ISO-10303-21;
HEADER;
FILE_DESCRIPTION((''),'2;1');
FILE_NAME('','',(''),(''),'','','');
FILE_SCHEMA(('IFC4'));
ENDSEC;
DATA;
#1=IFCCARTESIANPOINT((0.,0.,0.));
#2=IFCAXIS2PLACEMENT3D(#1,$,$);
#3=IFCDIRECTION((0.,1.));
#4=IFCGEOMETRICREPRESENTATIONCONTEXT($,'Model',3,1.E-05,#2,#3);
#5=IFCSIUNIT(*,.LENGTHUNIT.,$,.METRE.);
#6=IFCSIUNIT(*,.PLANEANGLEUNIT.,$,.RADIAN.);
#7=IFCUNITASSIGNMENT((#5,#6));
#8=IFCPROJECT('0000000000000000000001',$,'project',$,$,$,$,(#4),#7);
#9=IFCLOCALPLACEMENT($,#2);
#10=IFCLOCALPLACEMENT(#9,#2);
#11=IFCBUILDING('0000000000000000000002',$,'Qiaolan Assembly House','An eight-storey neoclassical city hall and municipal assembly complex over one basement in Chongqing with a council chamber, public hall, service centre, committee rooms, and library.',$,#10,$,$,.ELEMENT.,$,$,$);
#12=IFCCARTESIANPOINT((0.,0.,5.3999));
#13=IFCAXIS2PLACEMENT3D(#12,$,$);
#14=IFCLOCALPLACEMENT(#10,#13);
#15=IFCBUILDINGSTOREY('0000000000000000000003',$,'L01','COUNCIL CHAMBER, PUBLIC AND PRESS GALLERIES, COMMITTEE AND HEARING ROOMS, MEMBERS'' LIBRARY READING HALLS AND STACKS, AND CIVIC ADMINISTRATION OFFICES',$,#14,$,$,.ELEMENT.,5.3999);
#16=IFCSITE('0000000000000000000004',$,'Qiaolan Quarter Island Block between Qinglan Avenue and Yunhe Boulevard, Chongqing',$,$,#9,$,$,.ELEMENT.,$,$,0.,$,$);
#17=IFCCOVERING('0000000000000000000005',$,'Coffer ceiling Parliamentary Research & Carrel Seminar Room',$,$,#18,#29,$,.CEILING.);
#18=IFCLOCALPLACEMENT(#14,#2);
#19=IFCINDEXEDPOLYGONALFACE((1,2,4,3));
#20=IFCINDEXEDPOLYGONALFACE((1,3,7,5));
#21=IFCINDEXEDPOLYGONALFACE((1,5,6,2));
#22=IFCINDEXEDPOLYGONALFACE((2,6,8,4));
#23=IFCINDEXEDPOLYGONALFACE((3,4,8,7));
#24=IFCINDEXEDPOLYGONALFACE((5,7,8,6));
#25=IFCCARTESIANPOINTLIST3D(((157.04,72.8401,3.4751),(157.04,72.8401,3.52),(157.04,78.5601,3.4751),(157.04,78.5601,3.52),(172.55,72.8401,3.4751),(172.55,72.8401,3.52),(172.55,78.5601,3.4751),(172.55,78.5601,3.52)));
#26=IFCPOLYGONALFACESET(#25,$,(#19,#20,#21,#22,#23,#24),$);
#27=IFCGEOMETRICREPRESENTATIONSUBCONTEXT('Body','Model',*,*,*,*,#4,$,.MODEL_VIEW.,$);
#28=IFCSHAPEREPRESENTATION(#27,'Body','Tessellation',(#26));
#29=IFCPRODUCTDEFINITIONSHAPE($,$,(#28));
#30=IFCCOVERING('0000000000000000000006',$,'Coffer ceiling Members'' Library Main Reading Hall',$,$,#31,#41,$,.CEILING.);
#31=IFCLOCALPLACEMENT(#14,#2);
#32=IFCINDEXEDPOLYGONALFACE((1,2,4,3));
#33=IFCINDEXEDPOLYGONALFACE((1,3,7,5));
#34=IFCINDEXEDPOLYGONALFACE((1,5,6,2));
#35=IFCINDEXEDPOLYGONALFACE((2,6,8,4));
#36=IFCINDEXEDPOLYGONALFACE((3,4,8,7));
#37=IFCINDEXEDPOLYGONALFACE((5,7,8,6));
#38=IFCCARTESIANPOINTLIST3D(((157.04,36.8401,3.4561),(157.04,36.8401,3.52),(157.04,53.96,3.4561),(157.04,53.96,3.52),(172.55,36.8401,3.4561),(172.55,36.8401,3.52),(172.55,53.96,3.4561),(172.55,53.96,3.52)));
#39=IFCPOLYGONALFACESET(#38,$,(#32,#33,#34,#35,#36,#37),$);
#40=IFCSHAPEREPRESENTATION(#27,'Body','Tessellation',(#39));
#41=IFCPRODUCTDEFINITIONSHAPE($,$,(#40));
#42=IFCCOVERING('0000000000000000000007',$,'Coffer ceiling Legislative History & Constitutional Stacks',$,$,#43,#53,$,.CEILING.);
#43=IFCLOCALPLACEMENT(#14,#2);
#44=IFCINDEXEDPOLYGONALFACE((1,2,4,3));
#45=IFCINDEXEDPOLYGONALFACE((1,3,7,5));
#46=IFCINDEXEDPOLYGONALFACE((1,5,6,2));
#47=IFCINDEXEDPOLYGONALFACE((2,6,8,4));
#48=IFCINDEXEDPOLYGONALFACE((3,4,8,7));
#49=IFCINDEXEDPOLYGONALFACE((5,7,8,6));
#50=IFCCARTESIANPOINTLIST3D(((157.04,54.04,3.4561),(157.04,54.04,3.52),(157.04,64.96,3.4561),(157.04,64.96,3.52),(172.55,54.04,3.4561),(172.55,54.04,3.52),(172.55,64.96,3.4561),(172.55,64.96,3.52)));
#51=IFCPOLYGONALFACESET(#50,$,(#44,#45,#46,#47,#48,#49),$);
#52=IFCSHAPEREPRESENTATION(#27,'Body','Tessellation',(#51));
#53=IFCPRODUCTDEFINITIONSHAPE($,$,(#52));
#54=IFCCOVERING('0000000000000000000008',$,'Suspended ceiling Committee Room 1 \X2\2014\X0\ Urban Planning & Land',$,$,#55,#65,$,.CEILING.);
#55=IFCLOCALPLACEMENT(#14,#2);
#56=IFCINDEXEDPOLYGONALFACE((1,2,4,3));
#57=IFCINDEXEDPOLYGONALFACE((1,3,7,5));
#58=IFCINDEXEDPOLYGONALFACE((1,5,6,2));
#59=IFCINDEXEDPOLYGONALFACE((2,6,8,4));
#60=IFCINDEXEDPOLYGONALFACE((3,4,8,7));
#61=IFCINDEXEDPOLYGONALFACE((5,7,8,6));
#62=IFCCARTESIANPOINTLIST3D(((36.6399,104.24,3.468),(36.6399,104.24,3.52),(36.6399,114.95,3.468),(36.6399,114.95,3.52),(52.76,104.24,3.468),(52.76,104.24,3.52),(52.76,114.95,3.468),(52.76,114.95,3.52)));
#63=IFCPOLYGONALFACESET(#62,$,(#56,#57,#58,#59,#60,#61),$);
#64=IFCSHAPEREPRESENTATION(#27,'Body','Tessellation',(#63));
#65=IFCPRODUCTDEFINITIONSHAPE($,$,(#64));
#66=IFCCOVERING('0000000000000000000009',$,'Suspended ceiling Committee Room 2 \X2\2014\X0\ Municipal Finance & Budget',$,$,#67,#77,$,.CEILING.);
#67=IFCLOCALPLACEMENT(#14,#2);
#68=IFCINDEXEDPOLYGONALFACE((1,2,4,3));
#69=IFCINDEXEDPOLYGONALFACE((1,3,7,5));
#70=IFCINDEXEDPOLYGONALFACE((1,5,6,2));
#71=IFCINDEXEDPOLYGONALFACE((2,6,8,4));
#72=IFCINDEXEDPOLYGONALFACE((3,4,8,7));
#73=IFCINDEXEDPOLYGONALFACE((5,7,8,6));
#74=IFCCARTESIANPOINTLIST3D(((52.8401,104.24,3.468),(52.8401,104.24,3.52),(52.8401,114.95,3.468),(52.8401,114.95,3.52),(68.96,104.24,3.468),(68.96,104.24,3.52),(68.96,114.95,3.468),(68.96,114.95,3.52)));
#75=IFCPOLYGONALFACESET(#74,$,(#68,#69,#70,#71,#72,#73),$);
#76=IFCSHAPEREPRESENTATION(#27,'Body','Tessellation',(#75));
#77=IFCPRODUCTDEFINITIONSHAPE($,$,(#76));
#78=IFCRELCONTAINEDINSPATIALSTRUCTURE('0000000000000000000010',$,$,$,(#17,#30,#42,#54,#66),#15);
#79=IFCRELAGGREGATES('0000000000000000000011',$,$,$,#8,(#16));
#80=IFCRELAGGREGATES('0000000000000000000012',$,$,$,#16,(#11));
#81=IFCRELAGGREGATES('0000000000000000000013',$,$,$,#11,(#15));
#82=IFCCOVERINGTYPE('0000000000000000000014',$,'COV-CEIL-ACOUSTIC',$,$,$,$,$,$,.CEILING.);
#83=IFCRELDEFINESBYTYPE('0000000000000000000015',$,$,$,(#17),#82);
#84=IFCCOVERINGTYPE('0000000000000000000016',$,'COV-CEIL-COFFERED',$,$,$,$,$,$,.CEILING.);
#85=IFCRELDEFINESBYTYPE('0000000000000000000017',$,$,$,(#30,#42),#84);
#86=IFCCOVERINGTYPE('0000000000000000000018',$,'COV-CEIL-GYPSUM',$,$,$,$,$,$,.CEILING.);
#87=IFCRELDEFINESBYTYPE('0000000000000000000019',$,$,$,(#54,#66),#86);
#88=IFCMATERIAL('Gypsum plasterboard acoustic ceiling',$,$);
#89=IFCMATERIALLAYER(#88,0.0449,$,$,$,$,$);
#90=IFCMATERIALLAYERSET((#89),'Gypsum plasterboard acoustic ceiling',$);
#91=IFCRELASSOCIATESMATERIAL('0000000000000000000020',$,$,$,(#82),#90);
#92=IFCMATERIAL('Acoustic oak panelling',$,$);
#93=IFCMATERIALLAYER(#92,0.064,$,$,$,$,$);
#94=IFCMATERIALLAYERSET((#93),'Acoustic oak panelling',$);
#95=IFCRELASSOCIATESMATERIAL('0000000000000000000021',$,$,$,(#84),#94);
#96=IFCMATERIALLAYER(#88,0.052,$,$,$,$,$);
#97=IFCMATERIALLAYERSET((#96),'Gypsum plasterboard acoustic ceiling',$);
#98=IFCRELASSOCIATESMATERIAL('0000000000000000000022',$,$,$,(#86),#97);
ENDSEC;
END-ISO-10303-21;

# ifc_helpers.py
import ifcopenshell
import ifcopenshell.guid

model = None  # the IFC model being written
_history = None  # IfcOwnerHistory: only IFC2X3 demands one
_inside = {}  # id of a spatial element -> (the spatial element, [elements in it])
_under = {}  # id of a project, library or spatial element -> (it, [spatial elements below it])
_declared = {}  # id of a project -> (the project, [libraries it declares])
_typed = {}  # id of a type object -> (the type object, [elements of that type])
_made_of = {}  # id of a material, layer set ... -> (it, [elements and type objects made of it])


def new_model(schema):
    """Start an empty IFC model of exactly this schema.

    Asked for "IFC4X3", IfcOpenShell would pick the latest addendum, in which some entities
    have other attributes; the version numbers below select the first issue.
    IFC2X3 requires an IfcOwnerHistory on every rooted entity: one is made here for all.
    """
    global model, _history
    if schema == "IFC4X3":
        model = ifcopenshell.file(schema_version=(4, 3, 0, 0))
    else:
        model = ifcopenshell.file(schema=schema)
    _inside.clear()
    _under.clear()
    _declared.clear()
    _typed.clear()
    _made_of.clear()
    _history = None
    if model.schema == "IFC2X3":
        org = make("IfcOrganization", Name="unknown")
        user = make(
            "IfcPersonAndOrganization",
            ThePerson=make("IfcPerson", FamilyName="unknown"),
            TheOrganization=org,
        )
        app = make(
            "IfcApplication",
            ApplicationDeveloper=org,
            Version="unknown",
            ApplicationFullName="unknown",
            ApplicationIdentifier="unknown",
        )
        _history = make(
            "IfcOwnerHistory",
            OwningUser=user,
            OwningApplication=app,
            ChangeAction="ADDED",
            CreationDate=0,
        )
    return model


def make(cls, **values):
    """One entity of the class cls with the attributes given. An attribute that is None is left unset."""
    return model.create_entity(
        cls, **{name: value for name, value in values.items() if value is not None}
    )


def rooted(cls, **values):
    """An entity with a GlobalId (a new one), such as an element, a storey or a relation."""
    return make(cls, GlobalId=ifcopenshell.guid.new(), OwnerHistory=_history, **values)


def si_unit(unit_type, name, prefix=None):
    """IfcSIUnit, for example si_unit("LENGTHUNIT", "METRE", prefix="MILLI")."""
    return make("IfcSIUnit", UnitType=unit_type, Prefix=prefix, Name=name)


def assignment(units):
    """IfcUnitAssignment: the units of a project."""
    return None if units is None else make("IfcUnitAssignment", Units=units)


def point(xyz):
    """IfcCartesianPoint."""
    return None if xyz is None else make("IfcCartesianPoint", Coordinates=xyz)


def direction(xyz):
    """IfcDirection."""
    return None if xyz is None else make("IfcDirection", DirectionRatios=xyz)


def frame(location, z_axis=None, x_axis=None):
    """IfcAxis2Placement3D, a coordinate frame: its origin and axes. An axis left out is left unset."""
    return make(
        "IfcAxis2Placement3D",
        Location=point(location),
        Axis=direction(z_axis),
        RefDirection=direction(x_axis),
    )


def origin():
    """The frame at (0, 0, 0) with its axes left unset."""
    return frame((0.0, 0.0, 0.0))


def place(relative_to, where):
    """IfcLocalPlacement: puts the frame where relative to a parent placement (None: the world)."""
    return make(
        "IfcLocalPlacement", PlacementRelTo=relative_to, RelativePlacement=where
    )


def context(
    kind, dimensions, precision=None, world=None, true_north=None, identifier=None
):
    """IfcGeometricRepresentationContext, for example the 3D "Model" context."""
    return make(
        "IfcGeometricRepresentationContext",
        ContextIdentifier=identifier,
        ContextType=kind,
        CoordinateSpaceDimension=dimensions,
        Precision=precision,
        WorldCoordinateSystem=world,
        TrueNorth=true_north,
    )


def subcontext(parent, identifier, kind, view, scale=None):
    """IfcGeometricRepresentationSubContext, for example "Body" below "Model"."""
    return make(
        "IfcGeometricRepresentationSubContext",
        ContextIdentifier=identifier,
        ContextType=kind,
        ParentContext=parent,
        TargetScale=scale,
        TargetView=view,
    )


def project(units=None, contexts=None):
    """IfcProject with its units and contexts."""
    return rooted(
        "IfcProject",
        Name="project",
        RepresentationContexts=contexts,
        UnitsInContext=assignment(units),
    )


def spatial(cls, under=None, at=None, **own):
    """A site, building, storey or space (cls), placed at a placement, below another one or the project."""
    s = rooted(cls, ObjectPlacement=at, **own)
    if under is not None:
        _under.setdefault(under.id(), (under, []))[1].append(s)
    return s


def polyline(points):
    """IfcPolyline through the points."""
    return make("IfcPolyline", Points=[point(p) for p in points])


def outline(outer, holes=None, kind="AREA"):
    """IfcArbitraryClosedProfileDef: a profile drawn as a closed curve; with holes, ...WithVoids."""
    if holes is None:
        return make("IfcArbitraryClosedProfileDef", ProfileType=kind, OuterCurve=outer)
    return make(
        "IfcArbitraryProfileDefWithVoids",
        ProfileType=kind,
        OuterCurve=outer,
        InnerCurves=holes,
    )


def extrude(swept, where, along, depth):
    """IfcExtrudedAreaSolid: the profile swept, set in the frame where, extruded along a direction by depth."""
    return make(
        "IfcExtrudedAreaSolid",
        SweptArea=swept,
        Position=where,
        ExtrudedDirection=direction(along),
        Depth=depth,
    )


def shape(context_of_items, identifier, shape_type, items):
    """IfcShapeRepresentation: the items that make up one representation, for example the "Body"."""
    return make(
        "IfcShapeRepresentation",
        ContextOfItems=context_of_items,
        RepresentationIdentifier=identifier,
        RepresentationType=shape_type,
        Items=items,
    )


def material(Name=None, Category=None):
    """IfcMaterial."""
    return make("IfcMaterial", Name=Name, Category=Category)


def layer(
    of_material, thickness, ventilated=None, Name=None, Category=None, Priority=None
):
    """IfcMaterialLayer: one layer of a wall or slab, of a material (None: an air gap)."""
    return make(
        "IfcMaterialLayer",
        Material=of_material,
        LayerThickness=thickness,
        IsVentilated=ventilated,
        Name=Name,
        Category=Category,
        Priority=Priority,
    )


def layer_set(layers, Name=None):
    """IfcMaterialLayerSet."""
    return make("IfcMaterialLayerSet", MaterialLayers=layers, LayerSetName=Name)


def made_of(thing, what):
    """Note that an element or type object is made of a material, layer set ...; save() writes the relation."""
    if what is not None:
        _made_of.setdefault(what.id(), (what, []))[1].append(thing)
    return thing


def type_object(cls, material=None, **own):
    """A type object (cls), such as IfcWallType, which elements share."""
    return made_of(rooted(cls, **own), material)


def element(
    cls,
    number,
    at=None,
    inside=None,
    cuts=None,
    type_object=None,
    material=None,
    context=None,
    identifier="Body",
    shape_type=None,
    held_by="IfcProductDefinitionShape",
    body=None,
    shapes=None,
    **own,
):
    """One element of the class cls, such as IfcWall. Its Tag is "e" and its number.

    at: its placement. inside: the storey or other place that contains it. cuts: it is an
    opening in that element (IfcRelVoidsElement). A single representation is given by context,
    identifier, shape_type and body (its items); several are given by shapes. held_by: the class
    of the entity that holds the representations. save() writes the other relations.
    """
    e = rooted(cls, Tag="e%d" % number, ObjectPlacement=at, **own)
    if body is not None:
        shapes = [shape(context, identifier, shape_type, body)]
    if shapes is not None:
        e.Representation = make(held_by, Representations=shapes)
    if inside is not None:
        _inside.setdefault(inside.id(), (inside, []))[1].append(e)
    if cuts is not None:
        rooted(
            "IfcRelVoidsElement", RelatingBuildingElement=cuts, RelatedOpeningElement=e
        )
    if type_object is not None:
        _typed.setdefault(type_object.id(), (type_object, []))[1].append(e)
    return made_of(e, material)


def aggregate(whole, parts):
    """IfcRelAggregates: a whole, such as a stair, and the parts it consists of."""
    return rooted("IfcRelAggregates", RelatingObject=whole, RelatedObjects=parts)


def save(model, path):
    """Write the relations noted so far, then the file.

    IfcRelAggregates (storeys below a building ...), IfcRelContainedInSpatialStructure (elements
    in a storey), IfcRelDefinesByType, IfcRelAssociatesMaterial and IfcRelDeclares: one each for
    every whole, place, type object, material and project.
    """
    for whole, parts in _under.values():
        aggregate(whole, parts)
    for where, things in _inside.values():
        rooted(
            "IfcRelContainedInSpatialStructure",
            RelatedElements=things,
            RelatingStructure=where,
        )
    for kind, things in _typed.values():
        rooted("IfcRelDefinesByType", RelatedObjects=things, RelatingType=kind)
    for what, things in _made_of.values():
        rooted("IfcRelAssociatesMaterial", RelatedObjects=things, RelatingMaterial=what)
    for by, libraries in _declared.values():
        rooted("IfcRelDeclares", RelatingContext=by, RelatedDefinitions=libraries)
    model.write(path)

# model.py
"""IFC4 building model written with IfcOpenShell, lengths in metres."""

from ifc_helpers import new_model, si_unit, direction, frame, origin, place, context, subcontext, project, spatial, polyline, outline, extrude, material, layer, layer_set, type_object, element, save


model = new_model("IFC4")

# Units and contexts
model_context = context("Model", 3, precision=1e-05, world=origin(), true_north=direction((0.0, 1.0)))
body_context = subcontext(model_context, "Body", "Model", "MODEL_VIEW")
ifc_project = project(units=[si_unit("LENGTHUNIT", "METRE"), si_unit("PLANEANGLEUNIT", "RADIAN")], contexts=[model_context])

# Site, building, storey
site_placement = place(None, origin())
site = spatial("IfcSite", under=ifc_project, at=site_placement, Name="Qiaolan Quarter Island Block between Qinglan Avenue and Yunhe Boulevard, Chongqing", CompositionType="ELEMENT", RefElevation=0.0)
building_placement = place(site_placement, origin())
building = spatial("IfcBuilding", under=site, at=building_placement, Name="Qiaolan Assembly House", Description="An eight-storey neoclassical city hall and municipal assembly complex over one basement in Chongqing with a council chamber, public hall, service centre, committee rooms, and library.", CompositionType="ELEMENT")
storey_placement = place(building_placement, frame((0.0, 0.0, 5.3999)))
storey = spatial("IfcBuildingStorey", under=building, at=storey_placement, Name="L01", Description="COUNCIL CHAMBER, PUBLIC AND PRESS GALLERIES, COMMITTEE AND HEARING ROOMS, MEMBERS' LIBRARY READING HALLS AND STACKS, AND CIVIC ADMINISTRATION OFFICES", CompositionType="ELEMENT", Elevation=5.3999)

# Coverings
ifc_material_1 = material(Name="Gypsum plasterboard acoustic ceiling")
ifc_layer_1 = layer(ifc_material_1, 0.0449)
ifc_layer_set_1 = layer_set([ifc_layer_1], Name="Gypsum plasterboard acoustic ceiling")
covering_type_1 = type_object("IfcCoveringType", Name="COV-CEIL-ACOUSTIC", PredefinedType="CEILING", material=ifc_layer_set_1)
covering_1_placement = place(storey_placement, frame((0.0, 0.0, 3.4751)))
element("IfcCovering", 1, at=covering_1_placement, inside=storey, type_object=covering_type_1, Name="Coffer ceiling Parliamentary Research & Carrel Seminar Room", PredefinedType="CEILING", context=body_context, shape_type="SweptSolid", body=[
    extrude(outline(polyline([(157.04, 72.8401), (172.55, 72.8401), (172.55, 78.5601), (157.04, 78.5601), (157.04, 72.8401)])), origin(), (0.0, 0.0, 1.0), 0.0449),
])
ifc_material_2 = material(Name="Acoustic oak panelling")
ifc_layer_2 = layer(ifc_material_2, 0.064)
ifc_layer_set_2 = layer_set([ifc_layer_2], Name="Acoustic oak panelling")
covering_type_2 = type_object("IfcCoveringType", Name="COV-CEIL-COFFERED", PredefinedType="CEILING", material=ifc_layer_set_2)
covering_2_placement = place(storey_placement, frame((0.0, 0.0, 3.4561)))
element("IfcCovering", 2, at=covering_2_placement, inside=storey, type_object=covering_type_2, Name="Coffer ceiling Members' Library Main Reading Hall", PredefinedType="CEILING", context=body_context, shape_type="SweptSolid", body=[
    extrude(outline(polyline([(157.04, 36.8401), (172.55, 36.8401), (172.55, 53.96), (157.04, 53.96), (157.04, 36.8401)])), origin(), (0.0, 0.0, 1.0), 0.064),
])
covering_3_placement = place(storey_placement, frame((0.0, 0.0, 3.4561)))
element("IfcCovering", 3, at=covering_3_placement, inside=storey, type_object=covering_type_2, Name="Coffer ceiling Legislative History & Constitutional Stacks", PredefinedType="CEILING", context=body_context, shape_type="SweptSolid", body=[
    extrude(outline(polyline([(157.04, 54.04), (172.55, 54.04), (172.55, 64.96), (157.04, 64.96), (157.04, 54.04)])), origin(), (0.0, 0.0, 1.0), 0.064),
])
ifc_layer_3 = layer(ifc_material_1, 0.052)
ifc_layer_set_3 = layer_set([ifc_layer_3], Name="Gypsum plasterboard acoustic ceiling")
covering_type_3 = type_object("IfcCoveringType", Name="COV-CEIL-GYPSUM", PredefinedType="CEILING", material=ifc_layer_set_3)
covering_4_placement = place(storey_placement, frame((0.0, 0.0, 3.468)))
element("IfcCovering", 4, at=covering_4_placement, inside=storey, type_object=covering_type_3, Name="Suspended ceiling Committee Room 1 — Urban Planning & Land", PredefinedType="CEILING", context=body_context, shape_type="SweptSolid", body=[
    extrude(outline(polyline([(36.6399, 104.24), (52.76, 104.24), (52.76, 114.95), (36.6399, 114.95), (36.6399, 104.24)])), origin(), (0.0, 0.0, 1.0), 0.052),
])
covering_5_placement = place(storey_placement, frame((0.0, 0.0, 3.468)))
element("IfcCovering", 5, at=covering_5_placement, inside=storey, type_object=covering_type_3, Name="Suspended ceiling Committee Room 2 — Municipal Finance & Budget", PredefinedType="CEILING", context=body_context, shape_type="SweptSolid", body=[
    extrude(outline(polyline([(52.8401, 104.24), (68.96, 104.24), (68.96, 114.95), (52.8401, 114.95), (52.8401, 104.24)])), origin(), (0.0, 0.0, 1.0), 0.052),
])

save(model, "model.ifc")
